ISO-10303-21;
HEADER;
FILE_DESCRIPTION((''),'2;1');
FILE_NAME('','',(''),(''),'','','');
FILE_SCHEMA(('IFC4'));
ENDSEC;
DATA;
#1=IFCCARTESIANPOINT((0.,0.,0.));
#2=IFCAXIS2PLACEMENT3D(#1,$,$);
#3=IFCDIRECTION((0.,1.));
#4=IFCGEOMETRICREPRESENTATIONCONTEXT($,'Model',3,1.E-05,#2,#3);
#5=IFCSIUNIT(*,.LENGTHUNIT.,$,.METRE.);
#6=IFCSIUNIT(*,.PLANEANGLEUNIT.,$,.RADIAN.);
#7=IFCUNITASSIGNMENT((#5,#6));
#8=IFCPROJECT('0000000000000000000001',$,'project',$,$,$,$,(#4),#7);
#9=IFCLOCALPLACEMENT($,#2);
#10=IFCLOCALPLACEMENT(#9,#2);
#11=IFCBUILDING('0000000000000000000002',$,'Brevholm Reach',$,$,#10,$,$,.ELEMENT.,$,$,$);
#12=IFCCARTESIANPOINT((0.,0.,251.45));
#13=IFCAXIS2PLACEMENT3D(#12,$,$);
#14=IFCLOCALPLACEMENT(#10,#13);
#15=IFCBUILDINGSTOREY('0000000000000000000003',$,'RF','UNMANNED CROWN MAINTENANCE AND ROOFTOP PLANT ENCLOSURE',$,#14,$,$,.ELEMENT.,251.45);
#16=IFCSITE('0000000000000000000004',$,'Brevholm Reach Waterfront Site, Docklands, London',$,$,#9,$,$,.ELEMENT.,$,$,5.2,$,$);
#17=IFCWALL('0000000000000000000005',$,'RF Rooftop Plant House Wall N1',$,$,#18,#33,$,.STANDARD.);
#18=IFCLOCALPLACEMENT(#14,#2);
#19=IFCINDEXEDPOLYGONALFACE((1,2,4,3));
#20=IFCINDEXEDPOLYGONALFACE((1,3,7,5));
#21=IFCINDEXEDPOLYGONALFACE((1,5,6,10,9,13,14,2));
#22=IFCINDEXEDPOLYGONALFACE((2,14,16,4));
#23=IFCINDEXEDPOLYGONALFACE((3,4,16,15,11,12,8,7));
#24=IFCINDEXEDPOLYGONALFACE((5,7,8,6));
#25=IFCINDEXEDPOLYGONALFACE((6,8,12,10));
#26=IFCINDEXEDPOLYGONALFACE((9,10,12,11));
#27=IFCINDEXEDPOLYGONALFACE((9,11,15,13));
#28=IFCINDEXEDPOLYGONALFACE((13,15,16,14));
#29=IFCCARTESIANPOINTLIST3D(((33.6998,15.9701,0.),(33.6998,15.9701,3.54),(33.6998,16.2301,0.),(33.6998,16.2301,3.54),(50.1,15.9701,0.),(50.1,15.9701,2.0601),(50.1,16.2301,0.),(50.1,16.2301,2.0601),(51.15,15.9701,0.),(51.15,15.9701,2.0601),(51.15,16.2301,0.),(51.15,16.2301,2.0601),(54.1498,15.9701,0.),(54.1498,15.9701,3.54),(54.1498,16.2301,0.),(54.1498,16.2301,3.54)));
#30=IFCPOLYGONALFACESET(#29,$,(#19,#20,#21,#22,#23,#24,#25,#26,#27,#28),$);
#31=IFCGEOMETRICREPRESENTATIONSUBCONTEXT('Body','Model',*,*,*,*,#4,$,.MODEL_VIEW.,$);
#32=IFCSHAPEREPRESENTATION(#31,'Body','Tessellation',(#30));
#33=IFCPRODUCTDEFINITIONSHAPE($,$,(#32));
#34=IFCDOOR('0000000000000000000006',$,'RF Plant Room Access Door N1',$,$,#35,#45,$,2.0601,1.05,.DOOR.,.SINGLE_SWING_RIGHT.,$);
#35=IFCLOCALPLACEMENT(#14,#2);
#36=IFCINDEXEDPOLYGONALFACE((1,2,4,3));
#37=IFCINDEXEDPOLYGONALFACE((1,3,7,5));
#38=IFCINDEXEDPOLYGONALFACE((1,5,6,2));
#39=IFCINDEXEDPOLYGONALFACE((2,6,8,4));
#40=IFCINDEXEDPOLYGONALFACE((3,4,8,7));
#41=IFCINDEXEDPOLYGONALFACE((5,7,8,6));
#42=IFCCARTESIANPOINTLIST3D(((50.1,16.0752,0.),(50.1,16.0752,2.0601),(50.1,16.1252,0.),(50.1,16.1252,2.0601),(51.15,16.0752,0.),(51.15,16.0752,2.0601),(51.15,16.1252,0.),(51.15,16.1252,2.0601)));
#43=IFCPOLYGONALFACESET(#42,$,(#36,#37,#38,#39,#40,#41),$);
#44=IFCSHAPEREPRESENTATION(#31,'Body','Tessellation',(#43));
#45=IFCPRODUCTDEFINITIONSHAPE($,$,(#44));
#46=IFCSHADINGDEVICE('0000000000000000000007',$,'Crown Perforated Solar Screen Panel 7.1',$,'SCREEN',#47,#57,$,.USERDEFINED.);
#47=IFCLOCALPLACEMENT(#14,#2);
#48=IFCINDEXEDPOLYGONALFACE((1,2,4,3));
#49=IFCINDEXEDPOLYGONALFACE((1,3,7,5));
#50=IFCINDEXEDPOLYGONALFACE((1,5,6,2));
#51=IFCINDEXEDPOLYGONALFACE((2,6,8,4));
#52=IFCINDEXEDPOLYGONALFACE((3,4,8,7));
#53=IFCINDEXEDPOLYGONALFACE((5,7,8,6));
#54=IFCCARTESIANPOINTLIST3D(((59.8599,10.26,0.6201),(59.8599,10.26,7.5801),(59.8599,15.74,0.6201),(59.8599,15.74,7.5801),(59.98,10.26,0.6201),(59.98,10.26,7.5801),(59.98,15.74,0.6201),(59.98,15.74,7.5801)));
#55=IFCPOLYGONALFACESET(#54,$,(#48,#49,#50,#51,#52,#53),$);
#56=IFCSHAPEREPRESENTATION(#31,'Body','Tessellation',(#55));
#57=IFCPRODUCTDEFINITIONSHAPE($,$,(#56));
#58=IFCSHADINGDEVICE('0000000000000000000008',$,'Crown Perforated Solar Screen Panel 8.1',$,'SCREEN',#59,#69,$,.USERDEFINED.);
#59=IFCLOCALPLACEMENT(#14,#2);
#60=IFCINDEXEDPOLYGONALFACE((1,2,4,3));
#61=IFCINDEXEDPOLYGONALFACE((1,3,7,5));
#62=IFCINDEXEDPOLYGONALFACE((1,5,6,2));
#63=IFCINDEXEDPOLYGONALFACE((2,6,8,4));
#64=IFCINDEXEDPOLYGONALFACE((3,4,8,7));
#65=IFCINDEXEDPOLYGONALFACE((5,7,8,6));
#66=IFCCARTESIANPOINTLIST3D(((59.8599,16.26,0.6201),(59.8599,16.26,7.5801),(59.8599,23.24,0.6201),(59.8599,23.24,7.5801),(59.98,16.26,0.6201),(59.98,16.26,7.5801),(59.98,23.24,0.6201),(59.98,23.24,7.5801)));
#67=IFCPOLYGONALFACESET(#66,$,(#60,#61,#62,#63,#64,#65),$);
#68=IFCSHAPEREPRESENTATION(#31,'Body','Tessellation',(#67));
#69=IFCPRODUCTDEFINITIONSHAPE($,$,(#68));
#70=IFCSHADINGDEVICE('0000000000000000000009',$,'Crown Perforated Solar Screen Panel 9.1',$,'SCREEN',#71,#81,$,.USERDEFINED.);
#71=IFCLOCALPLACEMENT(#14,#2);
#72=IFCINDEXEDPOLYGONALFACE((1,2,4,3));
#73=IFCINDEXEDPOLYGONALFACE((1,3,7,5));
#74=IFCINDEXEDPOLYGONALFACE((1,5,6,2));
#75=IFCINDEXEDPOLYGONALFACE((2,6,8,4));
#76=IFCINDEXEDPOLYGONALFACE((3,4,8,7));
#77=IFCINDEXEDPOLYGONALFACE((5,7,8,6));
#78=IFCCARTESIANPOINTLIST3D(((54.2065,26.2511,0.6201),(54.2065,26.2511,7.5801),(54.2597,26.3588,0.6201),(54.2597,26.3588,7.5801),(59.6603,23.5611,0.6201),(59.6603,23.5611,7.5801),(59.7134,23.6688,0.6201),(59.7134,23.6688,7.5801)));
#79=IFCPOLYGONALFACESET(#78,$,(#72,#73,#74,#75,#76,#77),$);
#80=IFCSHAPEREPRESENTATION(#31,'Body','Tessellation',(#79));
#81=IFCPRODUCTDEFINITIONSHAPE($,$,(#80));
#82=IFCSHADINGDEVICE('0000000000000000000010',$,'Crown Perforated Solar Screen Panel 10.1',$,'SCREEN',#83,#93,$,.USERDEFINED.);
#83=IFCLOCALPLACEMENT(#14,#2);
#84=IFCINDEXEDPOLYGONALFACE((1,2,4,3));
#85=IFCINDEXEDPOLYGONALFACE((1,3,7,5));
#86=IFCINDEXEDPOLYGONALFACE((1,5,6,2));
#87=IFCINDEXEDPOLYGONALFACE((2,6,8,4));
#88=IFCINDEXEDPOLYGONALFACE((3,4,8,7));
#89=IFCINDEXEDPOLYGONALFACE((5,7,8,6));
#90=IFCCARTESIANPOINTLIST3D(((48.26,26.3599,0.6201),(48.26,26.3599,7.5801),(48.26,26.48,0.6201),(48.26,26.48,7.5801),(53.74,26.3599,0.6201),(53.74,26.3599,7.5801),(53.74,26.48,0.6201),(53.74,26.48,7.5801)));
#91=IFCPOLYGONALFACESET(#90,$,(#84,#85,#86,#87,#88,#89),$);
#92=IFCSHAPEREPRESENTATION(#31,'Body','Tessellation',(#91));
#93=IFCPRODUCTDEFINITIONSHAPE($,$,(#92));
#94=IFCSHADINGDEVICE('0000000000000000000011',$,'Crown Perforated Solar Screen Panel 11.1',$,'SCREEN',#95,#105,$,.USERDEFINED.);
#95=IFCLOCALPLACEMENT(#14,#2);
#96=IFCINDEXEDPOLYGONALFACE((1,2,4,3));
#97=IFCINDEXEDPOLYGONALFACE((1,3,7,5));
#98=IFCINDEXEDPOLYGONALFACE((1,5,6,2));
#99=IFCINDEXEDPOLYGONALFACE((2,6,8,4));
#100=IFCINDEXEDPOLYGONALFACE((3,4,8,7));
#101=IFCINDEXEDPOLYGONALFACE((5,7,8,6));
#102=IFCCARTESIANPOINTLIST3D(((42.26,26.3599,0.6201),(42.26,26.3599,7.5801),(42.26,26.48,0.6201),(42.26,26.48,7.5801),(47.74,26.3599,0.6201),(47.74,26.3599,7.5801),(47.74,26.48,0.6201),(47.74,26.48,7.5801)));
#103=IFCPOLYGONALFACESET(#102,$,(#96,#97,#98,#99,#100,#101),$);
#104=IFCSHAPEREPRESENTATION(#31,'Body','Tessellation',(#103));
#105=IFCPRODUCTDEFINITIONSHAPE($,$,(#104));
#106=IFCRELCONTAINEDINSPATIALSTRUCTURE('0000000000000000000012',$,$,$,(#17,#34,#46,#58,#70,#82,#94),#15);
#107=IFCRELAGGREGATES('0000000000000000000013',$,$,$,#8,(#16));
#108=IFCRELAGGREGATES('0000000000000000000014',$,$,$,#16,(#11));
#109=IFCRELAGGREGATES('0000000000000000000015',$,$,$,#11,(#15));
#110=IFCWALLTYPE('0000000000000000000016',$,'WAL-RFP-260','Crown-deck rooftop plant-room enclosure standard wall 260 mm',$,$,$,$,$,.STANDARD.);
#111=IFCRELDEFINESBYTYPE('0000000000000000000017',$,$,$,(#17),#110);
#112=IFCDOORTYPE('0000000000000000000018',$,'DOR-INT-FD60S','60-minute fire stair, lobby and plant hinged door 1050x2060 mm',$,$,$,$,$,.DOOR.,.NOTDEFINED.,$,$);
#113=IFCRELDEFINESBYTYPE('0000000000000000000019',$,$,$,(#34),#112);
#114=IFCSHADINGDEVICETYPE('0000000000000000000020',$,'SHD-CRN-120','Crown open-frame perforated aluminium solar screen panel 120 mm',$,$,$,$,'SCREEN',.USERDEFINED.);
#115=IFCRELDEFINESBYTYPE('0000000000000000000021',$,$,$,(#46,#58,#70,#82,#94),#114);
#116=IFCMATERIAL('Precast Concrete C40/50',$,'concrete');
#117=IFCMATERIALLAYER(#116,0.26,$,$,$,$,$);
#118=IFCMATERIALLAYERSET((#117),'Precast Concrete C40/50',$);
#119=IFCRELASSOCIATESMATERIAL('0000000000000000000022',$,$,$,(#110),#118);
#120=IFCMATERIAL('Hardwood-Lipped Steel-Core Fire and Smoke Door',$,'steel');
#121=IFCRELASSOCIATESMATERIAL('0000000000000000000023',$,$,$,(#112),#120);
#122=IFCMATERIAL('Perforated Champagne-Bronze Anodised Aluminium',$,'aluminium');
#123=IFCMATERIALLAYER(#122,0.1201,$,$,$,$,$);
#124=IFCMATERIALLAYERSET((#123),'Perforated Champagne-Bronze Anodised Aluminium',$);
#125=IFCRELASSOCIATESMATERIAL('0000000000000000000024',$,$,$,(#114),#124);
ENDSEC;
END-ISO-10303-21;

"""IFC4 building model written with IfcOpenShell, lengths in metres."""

from ifc_helpers import new_model, si_unit, direction, frame, frame_2d, origin, origin_2d, place, context, subcontext, project, spatial, rectangle, extrude, material, layer, layer_set, type_object, element, fill, save


model = new_model("IFC4")

# Units and contexts
model_context = context("Model", 3, precision=1e-05, world=origin(), true_north=direction((0.0, 1.0)))
body_context = subcontext(model_context, "Body", "Model", "MODEL_VIEW")
ifc_project = project(units=[si_unit("LENGTHUNIT", "METRE"), si_unit("PLANEANGLEUNIT", "RADIAN")], contexts=[model_context])

# Site, building, storey
site_placement = place(None, origin())
site = spatial("IfcSite", under=ifc_project, at=site_placement, Name="Brevholm Reach Waterfront Site, Docklands, London", CompositionType="ELEMENT", RefElevation=5.2)
building_placement = place(site_placement, origin())
building = spatial("IfcBuilding", under=site, at=building_placement, Name="Brevholm Reach", CompositionType="ELEMENT")
storey_placement = place(building_placement, frame((0.0, 0.0, 251.45)))
storey = spatial("IfcBuildingStorey", under=building, at=storey_placement, Name="RF", Description="UNMANNED CROWN MAINTENANCE AND ROOFTOP PLANT ENCLOSURE", CompositionType="ELEMENT", Elevation=251.45)

# Wall, opening, door
ifc_material_1 = material(Name="Precast Concrete C40/50", Category="concrete")
ifc_layer_1 = layer(ifc_material_1, 0.26)
ifc_layer_set_1 = layer_set([ifc_layer_1], Name="Precast Concrete C40/50")
wall_type_1 = type_object("IfcWallType", Name="WAL-RFP-260", Description="Crown-deck rooftop plant-room enclosure standard wall 260 mm", PredefinedType="STANDARD", material=ifc_layer_set_1)
wall_1_placement = place(storey_placement, frame((54.1499, 16.1001, 0.0), z_axis=(0.0, 0.0, 1.0), x_axis=(-1.0, 0.0, 0.0)))
wall_1 = element("IfcWall", 1, at=wall_1_placement, inside=storey, type_object=wall_type_1, Name="RF Rooftop Plant House Wall N1", PredefinedType="STANDARD", context=body_context, shape_type="SweptSolid", body=[
    extrude(rectangle(XDim=20.45, YDim=0.26, at=frame_2d((10.2251, 0.0))), origin(), (0.0, 0.0, 1.0), 3.54),
])
opening_placement = place(wall_1_placement, frame((3.0, 0.0, 0.0)))
opening = element("IfcOpeningElement", 2, at=opening_placement, cuts=wall_1, PredefinedType="OPENING", context=body_context, shape_type="SweptSolid", body=[
    extrude(rectangle(XDim=1.05, YDim=2.0601, at=frame_2d((0.5249, 1.03))), frame((0.0, 0.1399, 0.0), z_axis=(0.0, -1.0, 0.0), x_axis=(1.0, 0.0, 0.0)), (0.0, 0.0, 1.0), 0.28),
])
ifc_material_2 = material(Name="Hardwood-Lipped Steel-Core Fire and Smoke Door", Category="steel")
door_type = type_object("IfcDoorType", Name="DOR-INT-FD60S", Description="60-minute fire stair, lobby and plant hinged door 1050x2060 mm", OperationType="NOTDEFINED", PredefinedType="DOOR", material=ifc_material_2)
door_placement = place(opening_placement, origin())
door = element("IfcDoor", 3, at=door_placement, inside=storey, type_object=door_type, Name="RF Plant Room Access Door N1", OperationType="SINGLE_SWING_RIGHT", OverallHeight=2.0601, OverallWidth=1.05, PredefinedType="DOOR", context=body_context, shape_type="SweptSolid", body=[
    extrude(rectangle(XDim=1.05, YDim=2.0601, at=frame_2d((0.5249, 1.03))), frame((0.0, 0.0249, 0.0), z_axis=(0.0, -1.0, 0.0), x_axis=(1.0, 0.0, 0.0)), (0.0, 0.0, 1.0), 0.05),
])
fill(opening, door)

# Shading devices
ifc_material_3 = material(Name="Perforated Champagne-Bronze Anodised Aluminium", Category="aluminium")
ifc_layer_2 = layer(ifc_material_3, 0.1201)
ifc_layer_set_2 = layer_set([ifc_layer_2], Name="Perforated Champagne-Bronze Anodised Aluminium")
shading_device_type = type_object("IfcShadingDeviceType", Name="SHD-CRN-120", Description="Crown open-frame perforated aluminium solar screen panel 120 mm", ElementType="SCREEN", PredefinedType="USERDEFINED", material=ifc_layer_set_2)
shading_device_1_placement = place(storey_placement, frame((59.9199, 13.0, 0.6201), z_axis=(0.0, 0.0, 1.0), x_axis=(0.0, 1.0, 0.0)))
element("IfcShadingDevice", 4, at=shading_device_1_placement, inside=storey, type_object=shading_device_type, Name="Crown Perforated Solar Screen Panel 7.1", ObjectType="SCREEN", PredefinedType="USERDEFINED", context=body_context, shape_type="SweptSolid", body=[
    extrude(rectangle(XDim=5.48, YDim=0.1201, at=origin_2d()), origin(), (0.0, 0.0, 1.0), 6.96),
])
shading_device_2_placement = place(storey_placement, frame((59.9199, 19.75, 0.6201), z_axis=(0.0, 0.0, 1.0), x_axis=(0.0, 1.0, 0.0)))
element("IfcShadingDevice", 5, at=shading_device_2_placement, inside=storey, type_object=shading_device_type, Name="Crown Perforated Solar Screen Panel 8.1", ObjectType="SCREEN", PredefinedType="USERDEFINED", context=body_context, shape_type="SweptSolid", body=[
    extrude(rectangle(XDim=6.98, YDim=0.1201, at=origin_2d()), origin(), (0.0, 0.0, 1.0), 6.96),
])
shading_device_3_placement = place(storey_placement, frame((56.96, 24.96, 0.6201), z_axis=(0.0, 0.0, 1.0), x_axis=(-0.896838, 0.442359, 0.0)))
element("IfcShadingDevice", 6, at=shading_device_3_placement, inside=storey, type_object=shading_device_type, Name="Crown Perforated Solar Screen Panel 9.1", ObjectType="SCREEN", PredefinedType="USERDEFINED", context=body_context, shape_type="SweptSolid", body=[
    extrude(rectangle(XDim=6.0811, YDim=0.1201, at=origin_2d()), origin(), (0.0, 0.0, 1.0), 6.96),
])
for number, where, z_axis, x_axis, name in (
    (7, (51.0, 26.4199, 0.6201), (0.0, 0.0, 1.0), (-1.0, 0.0, 0.0), "Crown Perforated Solar Screen Panel 10.1"),
    (8, (45.0, 26.4199, 0.6201), (0.0, 0.0, 1.0), (-1.0, 0.0, 0.0), "Crown Perforated Solar Screen Panel 11.1"),
):
    element("IfcShadingDevice", number, at=place(storey_placement, frame(where, z_axis=z_axis, x_axis=x_axis)), inside=storey, type_object=shading_device_type, Name=name, ObjectType="SCREEN", PredefinedType="USERDEFINED", context=body_context, shape_type="SweptSolid", body=[
        extrude(rectangle(XDim=5.48, YDim=0.1201, at=origin_2d()), origin(), (0.0, 0.0, 1.0), 6.96),
    ])

save(model, "model.ifc")
